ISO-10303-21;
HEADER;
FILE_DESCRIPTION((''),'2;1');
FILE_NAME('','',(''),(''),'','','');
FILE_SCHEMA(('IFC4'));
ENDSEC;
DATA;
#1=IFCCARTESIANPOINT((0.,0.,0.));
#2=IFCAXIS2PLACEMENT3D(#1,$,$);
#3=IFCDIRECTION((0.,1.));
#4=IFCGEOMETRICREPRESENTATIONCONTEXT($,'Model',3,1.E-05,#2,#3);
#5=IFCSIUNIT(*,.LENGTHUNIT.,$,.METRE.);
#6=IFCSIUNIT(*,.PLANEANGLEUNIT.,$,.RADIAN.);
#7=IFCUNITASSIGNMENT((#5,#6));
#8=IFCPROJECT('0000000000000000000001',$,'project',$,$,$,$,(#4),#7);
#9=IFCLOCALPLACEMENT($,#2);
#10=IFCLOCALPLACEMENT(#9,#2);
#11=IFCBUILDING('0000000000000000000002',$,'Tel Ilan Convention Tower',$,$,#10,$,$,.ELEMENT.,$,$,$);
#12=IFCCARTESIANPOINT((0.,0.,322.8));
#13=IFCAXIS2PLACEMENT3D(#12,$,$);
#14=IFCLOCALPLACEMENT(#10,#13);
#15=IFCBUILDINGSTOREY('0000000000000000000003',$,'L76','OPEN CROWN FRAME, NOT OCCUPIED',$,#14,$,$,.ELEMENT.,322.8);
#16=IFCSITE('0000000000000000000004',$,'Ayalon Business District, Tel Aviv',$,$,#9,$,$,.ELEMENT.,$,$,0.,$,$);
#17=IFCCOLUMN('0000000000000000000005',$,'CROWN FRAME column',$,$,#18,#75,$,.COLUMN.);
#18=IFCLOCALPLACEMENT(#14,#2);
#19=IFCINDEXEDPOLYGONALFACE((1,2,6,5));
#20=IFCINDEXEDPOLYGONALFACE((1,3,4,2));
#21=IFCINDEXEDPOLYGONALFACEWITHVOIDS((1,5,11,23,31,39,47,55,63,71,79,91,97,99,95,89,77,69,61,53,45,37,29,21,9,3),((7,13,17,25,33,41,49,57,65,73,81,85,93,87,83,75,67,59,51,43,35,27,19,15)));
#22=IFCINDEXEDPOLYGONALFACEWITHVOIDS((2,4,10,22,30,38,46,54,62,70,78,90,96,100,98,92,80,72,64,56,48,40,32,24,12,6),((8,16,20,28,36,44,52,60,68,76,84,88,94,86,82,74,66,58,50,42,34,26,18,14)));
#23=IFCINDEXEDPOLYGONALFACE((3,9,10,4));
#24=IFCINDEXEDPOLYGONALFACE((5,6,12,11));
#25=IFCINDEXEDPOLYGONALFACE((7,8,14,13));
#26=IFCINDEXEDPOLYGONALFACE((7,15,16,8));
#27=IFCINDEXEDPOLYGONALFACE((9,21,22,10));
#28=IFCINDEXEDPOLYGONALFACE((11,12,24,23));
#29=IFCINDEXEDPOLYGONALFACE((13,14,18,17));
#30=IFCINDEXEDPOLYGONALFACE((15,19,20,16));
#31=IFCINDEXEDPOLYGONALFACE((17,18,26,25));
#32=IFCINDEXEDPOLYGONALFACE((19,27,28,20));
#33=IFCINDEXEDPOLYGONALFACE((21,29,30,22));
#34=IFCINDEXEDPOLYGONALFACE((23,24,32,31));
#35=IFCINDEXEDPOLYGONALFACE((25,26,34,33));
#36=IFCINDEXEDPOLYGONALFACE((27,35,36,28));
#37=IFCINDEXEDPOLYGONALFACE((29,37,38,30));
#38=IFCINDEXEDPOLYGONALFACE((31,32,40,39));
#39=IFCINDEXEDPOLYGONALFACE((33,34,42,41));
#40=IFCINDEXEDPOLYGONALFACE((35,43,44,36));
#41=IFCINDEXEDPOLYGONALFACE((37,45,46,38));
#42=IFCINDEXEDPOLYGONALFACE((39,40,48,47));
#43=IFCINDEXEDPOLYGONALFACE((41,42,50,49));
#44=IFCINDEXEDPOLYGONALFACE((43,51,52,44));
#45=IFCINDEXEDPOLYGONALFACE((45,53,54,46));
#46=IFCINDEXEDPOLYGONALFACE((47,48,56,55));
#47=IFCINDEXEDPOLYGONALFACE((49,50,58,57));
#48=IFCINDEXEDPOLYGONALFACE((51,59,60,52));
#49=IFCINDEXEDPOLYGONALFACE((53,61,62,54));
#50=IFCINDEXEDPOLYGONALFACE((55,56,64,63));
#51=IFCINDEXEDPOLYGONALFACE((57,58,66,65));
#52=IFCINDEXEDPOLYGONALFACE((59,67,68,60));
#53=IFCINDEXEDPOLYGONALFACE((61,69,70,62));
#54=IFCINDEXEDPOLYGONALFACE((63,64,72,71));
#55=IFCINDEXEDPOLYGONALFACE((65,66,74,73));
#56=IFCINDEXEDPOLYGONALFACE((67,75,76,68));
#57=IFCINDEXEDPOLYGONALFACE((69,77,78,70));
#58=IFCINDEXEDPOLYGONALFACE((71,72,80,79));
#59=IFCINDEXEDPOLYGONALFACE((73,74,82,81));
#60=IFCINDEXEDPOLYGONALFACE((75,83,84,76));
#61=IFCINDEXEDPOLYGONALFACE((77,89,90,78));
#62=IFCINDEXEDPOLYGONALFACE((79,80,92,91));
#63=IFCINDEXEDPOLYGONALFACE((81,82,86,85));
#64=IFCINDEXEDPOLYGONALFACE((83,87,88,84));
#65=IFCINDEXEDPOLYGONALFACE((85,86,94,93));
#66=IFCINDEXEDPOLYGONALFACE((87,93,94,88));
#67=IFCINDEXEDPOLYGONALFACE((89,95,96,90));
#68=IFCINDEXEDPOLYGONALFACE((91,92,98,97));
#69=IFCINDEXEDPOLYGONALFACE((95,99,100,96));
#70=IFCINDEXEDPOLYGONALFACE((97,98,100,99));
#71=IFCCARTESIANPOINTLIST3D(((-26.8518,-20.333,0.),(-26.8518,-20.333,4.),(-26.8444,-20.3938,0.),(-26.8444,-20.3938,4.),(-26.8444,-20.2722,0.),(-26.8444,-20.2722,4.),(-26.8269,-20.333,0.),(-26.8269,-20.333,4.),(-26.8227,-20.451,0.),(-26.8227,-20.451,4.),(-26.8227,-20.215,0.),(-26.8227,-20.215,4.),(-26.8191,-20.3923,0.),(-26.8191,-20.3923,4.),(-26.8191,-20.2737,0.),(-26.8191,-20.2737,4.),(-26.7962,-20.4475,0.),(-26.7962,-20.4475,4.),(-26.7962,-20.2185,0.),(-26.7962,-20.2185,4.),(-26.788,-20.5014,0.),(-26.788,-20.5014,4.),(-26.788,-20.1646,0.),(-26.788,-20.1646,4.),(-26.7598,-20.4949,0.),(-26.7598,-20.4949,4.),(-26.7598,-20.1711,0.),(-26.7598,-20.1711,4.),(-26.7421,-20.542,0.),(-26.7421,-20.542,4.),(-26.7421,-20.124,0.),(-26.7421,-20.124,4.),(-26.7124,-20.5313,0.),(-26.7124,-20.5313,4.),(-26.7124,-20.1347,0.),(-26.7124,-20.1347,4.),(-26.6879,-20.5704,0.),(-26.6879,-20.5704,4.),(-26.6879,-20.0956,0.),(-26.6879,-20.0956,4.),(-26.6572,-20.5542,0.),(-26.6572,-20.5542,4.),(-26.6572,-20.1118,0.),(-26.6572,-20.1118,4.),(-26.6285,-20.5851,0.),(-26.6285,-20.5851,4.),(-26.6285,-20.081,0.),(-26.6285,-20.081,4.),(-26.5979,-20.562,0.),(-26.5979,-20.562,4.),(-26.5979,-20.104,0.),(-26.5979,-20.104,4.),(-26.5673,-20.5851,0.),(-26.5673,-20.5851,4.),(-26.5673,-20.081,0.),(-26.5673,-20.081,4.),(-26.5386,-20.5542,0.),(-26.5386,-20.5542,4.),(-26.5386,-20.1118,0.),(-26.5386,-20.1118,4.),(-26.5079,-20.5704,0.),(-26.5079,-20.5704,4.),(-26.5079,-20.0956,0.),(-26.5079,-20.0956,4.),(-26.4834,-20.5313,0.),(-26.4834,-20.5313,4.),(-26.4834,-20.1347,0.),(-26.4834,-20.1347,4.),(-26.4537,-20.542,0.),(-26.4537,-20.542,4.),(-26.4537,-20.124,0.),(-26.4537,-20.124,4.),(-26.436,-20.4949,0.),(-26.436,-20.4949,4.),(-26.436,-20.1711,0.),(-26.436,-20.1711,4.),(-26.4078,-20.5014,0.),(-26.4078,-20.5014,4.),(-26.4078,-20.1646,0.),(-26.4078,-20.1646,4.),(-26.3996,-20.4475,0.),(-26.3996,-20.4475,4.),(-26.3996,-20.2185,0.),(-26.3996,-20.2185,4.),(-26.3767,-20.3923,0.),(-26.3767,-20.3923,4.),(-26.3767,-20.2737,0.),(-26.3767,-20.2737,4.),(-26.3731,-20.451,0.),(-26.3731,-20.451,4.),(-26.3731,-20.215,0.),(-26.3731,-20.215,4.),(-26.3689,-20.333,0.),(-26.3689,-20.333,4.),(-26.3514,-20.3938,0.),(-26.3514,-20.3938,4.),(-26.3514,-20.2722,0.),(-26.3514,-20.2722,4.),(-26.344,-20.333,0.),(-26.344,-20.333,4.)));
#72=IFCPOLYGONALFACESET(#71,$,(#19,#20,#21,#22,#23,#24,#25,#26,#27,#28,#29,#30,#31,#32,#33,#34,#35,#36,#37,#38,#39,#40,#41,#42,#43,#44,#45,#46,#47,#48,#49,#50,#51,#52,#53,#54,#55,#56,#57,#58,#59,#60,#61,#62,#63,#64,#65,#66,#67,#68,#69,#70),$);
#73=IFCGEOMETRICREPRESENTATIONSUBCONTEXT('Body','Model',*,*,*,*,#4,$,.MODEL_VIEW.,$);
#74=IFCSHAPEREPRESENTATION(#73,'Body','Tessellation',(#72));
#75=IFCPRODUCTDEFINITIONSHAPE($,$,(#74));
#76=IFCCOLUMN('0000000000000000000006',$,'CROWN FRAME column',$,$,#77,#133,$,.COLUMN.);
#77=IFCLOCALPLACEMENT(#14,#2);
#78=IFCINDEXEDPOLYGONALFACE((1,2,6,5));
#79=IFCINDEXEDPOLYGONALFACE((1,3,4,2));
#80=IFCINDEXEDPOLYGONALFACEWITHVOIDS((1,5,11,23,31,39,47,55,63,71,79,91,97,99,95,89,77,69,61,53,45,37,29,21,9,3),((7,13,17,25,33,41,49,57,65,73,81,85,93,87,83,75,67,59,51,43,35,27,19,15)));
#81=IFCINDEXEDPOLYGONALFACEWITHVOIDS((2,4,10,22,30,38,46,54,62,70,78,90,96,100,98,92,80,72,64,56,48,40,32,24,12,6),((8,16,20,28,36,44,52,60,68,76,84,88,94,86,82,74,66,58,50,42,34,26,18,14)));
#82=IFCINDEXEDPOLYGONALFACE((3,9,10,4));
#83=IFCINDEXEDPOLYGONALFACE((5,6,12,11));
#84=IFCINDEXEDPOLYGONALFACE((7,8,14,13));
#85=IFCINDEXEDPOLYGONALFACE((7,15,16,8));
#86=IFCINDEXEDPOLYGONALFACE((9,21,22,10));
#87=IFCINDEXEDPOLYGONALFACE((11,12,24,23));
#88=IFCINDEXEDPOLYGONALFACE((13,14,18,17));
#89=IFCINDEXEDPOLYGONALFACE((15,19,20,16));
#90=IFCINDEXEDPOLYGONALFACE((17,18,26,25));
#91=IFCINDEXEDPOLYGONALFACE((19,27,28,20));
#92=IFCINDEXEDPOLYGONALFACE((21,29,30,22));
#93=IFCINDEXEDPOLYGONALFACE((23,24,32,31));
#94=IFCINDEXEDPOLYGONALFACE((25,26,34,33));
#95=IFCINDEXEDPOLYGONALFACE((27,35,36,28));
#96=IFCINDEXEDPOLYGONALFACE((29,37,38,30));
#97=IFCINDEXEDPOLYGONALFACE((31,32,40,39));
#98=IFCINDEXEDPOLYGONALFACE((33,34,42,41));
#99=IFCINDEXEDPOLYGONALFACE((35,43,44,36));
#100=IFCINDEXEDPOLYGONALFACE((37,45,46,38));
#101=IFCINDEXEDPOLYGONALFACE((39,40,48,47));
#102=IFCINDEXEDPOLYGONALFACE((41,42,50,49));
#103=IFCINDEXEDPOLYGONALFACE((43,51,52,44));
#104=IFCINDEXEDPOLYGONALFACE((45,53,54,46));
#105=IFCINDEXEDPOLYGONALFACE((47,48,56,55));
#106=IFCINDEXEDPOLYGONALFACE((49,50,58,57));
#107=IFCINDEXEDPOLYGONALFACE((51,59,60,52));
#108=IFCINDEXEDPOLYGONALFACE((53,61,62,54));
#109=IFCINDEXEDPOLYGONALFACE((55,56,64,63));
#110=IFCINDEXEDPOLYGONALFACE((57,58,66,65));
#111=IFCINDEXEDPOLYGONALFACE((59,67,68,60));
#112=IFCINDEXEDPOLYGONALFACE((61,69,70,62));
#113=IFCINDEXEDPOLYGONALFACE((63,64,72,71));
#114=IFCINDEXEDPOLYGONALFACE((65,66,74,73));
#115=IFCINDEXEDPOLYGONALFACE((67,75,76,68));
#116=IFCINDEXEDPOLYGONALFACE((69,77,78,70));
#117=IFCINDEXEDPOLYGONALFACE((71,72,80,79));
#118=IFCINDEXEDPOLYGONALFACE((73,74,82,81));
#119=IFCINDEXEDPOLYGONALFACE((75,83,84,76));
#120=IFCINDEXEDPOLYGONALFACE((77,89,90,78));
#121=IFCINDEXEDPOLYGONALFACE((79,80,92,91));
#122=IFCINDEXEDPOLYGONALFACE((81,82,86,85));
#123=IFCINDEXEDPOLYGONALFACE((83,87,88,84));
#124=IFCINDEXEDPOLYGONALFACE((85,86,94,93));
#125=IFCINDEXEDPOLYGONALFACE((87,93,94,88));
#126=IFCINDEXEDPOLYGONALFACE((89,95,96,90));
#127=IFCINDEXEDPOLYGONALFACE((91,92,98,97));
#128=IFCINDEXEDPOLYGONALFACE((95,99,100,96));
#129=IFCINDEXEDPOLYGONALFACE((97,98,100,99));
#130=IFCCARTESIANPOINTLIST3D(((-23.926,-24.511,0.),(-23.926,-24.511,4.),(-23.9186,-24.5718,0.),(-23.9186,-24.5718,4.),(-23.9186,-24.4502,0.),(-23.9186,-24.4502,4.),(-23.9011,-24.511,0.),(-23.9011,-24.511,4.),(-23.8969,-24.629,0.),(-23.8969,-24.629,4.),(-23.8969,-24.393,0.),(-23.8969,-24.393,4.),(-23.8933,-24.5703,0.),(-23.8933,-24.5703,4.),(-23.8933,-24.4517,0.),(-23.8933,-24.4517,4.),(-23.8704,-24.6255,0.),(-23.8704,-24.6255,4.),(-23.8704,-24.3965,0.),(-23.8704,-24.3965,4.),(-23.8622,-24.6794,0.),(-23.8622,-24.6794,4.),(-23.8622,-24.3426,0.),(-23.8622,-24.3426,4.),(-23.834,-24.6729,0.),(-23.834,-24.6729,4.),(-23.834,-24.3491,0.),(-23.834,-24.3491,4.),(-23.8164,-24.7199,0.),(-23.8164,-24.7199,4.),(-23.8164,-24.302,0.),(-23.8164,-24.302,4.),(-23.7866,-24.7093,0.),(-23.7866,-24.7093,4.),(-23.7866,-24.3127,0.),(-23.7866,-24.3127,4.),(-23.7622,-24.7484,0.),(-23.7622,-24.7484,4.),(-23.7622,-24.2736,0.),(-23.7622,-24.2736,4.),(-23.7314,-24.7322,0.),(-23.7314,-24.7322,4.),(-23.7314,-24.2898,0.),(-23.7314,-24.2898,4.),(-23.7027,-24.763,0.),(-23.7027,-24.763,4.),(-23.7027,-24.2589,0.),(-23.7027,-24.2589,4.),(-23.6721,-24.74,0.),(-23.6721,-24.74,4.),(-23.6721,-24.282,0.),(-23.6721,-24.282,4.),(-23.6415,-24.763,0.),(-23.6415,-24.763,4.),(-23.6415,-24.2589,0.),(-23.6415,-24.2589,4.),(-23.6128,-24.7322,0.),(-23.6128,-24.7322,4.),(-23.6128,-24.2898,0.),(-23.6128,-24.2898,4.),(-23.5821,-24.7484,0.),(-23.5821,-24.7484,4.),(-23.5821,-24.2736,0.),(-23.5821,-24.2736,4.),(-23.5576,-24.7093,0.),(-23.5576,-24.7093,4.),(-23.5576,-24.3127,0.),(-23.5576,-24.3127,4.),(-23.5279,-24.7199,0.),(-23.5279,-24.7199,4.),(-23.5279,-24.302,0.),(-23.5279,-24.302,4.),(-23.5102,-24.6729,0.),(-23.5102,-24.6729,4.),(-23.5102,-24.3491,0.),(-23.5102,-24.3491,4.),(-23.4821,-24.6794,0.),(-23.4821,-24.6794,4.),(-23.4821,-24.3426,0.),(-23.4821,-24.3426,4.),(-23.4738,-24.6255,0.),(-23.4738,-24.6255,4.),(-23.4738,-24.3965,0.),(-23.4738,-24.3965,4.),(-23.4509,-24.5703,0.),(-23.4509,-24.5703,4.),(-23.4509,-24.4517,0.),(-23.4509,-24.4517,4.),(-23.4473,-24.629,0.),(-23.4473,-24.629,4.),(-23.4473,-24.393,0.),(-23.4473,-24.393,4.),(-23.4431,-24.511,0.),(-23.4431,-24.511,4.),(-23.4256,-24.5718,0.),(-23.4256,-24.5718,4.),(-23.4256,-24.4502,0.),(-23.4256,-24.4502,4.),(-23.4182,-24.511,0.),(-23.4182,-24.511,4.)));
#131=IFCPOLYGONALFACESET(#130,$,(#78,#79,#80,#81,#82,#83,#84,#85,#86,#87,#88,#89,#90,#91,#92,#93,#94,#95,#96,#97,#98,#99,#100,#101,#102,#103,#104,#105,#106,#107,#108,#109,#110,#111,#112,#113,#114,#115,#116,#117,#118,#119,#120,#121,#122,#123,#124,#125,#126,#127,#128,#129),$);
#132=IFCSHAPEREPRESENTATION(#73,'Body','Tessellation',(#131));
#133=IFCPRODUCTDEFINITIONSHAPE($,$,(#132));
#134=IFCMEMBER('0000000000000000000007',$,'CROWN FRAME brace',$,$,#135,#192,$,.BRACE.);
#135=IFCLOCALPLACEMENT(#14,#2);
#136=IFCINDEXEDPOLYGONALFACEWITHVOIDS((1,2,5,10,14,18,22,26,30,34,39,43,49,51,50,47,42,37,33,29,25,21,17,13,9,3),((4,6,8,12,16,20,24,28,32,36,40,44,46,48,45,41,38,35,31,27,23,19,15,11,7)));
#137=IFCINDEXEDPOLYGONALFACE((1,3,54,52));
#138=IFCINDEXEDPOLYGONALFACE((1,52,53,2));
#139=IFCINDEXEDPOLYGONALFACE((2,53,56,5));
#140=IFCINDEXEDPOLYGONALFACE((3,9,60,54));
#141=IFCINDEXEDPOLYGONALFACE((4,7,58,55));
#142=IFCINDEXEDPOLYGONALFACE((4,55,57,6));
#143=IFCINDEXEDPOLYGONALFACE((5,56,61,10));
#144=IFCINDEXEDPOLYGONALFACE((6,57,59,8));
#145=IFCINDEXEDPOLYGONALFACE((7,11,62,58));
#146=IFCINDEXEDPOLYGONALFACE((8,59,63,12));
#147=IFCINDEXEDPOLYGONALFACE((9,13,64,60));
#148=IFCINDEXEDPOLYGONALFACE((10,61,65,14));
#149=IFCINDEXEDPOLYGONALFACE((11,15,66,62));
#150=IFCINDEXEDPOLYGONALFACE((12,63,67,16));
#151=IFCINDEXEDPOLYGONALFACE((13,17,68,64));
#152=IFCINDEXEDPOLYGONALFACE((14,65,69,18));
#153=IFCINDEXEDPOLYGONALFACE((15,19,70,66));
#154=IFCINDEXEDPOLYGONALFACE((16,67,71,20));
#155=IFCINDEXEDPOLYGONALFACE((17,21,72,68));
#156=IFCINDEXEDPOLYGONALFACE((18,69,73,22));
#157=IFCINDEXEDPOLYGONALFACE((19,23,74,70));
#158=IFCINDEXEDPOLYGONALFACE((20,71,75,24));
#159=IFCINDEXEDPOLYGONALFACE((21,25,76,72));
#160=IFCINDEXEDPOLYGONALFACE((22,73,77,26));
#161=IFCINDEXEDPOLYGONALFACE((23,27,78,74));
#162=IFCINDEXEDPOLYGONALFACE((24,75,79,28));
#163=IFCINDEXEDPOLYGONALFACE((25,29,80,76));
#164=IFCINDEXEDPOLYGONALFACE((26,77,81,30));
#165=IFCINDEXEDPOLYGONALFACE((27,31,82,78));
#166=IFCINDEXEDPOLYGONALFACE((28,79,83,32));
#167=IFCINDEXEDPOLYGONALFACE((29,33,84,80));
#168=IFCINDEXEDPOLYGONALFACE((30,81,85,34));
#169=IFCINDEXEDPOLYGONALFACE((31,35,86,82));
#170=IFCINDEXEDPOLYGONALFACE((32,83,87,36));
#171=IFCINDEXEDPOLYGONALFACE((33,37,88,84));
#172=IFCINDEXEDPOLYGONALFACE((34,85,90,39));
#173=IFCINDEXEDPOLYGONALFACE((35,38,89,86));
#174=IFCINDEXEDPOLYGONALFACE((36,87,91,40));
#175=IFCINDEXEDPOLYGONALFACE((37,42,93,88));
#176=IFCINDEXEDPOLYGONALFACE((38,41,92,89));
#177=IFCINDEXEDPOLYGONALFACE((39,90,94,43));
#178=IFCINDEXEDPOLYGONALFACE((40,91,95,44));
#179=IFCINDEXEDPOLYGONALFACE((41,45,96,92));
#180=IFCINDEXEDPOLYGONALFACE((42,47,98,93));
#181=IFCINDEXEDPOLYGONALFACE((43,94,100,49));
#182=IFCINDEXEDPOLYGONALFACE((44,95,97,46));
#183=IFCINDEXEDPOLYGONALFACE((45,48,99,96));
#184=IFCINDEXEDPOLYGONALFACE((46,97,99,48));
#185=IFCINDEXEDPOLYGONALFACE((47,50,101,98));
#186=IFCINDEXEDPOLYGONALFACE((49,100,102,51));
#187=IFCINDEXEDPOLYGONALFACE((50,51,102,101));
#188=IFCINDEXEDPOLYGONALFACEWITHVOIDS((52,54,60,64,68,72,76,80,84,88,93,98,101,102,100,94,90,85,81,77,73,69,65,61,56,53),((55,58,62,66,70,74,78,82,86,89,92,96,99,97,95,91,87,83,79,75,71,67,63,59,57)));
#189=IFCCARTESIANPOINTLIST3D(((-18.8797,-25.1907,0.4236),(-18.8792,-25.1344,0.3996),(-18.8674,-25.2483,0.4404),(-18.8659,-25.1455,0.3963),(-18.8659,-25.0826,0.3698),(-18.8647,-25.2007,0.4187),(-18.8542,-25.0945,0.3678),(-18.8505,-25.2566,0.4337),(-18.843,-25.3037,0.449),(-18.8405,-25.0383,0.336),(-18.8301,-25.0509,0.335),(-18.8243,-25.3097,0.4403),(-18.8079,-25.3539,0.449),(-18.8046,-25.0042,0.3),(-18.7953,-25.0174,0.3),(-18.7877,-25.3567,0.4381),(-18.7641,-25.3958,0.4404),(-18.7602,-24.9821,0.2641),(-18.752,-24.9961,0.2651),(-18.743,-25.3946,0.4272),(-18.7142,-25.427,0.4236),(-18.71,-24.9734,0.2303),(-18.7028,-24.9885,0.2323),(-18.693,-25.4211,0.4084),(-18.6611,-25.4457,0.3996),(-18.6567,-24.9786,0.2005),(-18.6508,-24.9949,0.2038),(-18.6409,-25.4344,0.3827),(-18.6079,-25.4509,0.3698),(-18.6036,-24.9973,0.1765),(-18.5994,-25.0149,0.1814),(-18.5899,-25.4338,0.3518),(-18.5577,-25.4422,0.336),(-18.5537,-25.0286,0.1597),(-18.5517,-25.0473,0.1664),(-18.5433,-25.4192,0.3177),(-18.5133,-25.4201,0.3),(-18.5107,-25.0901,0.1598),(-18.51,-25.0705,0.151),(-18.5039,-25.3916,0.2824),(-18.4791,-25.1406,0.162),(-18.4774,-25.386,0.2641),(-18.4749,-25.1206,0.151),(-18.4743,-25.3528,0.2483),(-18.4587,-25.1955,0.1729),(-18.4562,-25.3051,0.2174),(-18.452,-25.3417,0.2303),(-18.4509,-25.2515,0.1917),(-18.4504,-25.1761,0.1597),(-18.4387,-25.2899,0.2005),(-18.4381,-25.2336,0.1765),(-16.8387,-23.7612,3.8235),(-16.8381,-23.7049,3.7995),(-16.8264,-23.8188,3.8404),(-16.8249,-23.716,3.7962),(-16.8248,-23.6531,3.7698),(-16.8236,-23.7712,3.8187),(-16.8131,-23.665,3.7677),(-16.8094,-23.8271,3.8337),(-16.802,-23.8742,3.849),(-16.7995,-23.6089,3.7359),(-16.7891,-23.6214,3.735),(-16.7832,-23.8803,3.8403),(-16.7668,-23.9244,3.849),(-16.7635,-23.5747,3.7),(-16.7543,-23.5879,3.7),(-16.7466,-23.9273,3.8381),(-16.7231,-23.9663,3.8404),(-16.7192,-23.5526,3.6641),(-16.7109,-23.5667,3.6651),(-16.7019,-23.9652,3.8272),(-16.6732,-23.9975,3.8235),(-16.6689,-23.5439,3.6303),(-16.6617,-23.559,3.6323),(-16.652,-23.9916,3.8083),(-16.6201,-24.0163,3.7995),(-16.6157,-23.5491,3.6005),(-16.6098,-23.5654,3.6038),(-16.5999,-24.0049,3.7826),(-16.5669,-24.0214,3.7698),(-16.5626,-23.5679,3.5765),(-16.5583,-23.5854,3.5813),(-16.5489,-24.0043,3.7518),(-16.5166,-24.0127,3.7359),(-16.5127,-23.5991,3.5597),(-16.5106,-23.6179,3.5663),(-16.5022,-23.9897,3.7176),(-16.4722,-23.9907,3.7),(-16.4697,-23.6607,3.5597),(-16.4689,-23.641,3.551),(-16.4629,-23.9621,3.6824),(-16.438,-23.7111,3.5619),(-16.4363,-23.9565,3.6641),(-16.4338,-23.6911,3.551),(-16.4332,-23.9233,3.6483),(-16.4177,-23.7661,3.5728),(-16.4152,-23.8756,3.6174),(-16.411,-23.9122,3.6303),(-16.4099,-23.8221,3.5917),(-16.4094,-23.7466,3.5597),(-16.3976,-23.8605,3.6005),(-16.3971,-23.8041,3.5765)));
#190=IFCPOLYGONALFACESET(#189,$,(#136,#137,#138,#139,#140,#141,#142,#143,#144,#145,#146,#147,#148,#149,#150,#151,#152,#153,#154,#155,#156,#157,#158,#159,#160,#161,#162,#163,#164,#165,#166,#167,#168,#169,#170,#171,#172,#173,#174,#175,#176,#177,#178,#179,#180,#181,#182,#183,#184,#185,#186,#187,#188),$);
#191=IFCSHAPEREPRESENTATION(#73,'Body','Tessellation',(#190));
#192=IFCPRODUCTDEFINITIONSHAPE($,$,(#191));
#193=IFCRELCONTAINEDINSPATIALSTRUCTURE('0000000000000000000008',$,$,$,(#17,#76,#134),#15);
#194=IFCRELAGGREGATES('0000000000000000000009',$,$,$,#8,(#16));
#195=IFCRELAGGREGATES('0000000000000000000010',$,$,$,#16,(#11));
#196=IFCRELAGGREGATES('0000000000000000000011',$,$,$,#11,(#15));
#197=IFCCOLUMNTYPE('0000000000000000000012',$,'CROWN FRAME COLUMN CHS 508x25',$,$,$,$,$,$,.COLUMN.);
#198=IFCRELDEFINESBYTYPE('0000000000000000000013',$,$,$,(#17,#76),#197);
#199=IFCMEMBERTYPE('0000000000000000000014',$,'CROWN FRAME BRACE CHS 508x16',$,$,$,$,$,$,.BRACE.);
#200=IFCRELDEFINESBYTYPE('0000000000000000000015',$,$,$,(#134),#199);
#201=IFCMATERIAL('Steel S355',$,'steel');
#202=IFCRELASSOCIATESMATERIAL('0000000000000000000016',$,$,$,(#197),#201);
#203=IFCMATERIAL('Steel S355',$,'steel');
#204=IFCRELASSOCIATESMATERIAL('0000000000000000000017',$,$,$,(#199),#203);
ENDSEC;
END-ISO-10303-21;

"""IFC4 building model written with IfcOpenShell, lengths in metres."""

from ifc_helpers import new_model, si_unit, direction, frame, origin, origin_2d, place, context, subcontext, project, spatial, hollow_circle, extrude, material, material_profile, profile_set, type_object, element, save


model = new_model("IFC4")

# Units and contexts
model_context = context("Model", 3, precision=1e-05, world=origin(), true_north=direction((0.0, 1.0)))
body_context = subcontext(model_context, "Body", "Model", "MODEL_VIEW")
ifc_project = project(units=[si_unit("LENGTHUNIT", "METRE"), si_unit("PLANEANGLEUNIT", "RADIAN")], contexts=[model_context])

# Site, building, storey
site_placement = place(None, origin())
site = spatial("IfcSite", under=ifc_project, at=site_placement, Name="Ayalon Business District, Tel Aviv", CompositionType="ELEMENT", RefElevation=0.0)
building_placement = place(site_placement, origin())
building = spatial("IfcBuilding", under=site, at=building_placement, Name="Tel Ilan Convention Tower", CompositionType="ELEMENT")
storey_placement = place(building_placement, frame((0.0, 0.0, 322.8)))
storey = spatial("IfcBuildingStorey", under=building, at=storey_placement, Name="L76", Description="OPEN CROWN FRAME, NOT OCCUPIED", CompositionType="ELEMENT", Elevation=322.8)

# Columns
ifc_material_1 = material(Name="Steel S355", Category="steel")
ifc_material_profile_1 = material_profile(ifc_material_1, hollow_circle(Radius=0.2539, WallThickness=0.0249, at=origin_2d()), Name="CHS 508x25")
ifc_profile_set_1 = profile_set([ifc_material_profile_1], Name="Steel S355")
column_type = type_object("IfcColumnType", Name="CROWN FRAME COLUMN CHS 508x25", PredefinedType="COLUMN", material=ifc_profile_set_1)
for number, where, z_axis, x_axis, name in (
    (1, (-26.5979, -20.333, 0.0), (0.0, 0.0, 1.0), (1.0, 0.0, 0.0), "CROWN FRAME column"),
    (2, (-23.6721, -24.511, 0.0), (0.0, 0.0, 1.0), (1.0, 0.0, 0.0), "CROWN FRAME column"),
):
    element("IfcColumn", number, at=place(storey_placement, frame(where, z_axis=z_axis, x_axis=x_axis)), inside=storey, type_object=column_type, Name=name, PredefinedType="COLUMN", context=body_context, shape_type="SweptSolid", body=[
        extrude(hollow_circle(Radius=0.2539, WallThickness=0.0249, at=origin_2d()), origin(), (0.0, 0.0, 1.0), 4.0),
    ])

# Member
ifc_material_2 = material(Name="Steel S355", Category="steel")
ifc_material_profile_2 = material_profile(ifc_material_2, hollow_circle(Radius=0.2539, WallThickness=0.0161, at=origin_2d()), Name="CHS 508x16")
ifc_profile_set_2 = profile_set([ifc_material_profile_2], Name="Steel S355")
member_type = type_object("IfcMemberType", Name="CROWN FRAME BRACE CHS 508x16", PredefinedType="BRACE", material=ifc_profile_set_2)
member_1_placement = place(storey_placement, frame((-18.6589, -25.2122, 0.3), z_axis=(0.484197, 0.339112, 0.806571), x_axis=(-0.57366, 0.819094, 0.0)))
element("IfcMember", 3, at=member_1_placement, inside=storey, type_object=member_type, Name="CROWN FRAME brace", PredefinedType="BRACE", context=body_context, shape_type="SweptSolid", body=[
    extrude(hollow_circle(Radius=0.2539, WallThickness=0.0161, at=origin_2d()), origin(), (0.0, 0.0, 1.0), 4.2153),
])

save(model, "model.ifc")
